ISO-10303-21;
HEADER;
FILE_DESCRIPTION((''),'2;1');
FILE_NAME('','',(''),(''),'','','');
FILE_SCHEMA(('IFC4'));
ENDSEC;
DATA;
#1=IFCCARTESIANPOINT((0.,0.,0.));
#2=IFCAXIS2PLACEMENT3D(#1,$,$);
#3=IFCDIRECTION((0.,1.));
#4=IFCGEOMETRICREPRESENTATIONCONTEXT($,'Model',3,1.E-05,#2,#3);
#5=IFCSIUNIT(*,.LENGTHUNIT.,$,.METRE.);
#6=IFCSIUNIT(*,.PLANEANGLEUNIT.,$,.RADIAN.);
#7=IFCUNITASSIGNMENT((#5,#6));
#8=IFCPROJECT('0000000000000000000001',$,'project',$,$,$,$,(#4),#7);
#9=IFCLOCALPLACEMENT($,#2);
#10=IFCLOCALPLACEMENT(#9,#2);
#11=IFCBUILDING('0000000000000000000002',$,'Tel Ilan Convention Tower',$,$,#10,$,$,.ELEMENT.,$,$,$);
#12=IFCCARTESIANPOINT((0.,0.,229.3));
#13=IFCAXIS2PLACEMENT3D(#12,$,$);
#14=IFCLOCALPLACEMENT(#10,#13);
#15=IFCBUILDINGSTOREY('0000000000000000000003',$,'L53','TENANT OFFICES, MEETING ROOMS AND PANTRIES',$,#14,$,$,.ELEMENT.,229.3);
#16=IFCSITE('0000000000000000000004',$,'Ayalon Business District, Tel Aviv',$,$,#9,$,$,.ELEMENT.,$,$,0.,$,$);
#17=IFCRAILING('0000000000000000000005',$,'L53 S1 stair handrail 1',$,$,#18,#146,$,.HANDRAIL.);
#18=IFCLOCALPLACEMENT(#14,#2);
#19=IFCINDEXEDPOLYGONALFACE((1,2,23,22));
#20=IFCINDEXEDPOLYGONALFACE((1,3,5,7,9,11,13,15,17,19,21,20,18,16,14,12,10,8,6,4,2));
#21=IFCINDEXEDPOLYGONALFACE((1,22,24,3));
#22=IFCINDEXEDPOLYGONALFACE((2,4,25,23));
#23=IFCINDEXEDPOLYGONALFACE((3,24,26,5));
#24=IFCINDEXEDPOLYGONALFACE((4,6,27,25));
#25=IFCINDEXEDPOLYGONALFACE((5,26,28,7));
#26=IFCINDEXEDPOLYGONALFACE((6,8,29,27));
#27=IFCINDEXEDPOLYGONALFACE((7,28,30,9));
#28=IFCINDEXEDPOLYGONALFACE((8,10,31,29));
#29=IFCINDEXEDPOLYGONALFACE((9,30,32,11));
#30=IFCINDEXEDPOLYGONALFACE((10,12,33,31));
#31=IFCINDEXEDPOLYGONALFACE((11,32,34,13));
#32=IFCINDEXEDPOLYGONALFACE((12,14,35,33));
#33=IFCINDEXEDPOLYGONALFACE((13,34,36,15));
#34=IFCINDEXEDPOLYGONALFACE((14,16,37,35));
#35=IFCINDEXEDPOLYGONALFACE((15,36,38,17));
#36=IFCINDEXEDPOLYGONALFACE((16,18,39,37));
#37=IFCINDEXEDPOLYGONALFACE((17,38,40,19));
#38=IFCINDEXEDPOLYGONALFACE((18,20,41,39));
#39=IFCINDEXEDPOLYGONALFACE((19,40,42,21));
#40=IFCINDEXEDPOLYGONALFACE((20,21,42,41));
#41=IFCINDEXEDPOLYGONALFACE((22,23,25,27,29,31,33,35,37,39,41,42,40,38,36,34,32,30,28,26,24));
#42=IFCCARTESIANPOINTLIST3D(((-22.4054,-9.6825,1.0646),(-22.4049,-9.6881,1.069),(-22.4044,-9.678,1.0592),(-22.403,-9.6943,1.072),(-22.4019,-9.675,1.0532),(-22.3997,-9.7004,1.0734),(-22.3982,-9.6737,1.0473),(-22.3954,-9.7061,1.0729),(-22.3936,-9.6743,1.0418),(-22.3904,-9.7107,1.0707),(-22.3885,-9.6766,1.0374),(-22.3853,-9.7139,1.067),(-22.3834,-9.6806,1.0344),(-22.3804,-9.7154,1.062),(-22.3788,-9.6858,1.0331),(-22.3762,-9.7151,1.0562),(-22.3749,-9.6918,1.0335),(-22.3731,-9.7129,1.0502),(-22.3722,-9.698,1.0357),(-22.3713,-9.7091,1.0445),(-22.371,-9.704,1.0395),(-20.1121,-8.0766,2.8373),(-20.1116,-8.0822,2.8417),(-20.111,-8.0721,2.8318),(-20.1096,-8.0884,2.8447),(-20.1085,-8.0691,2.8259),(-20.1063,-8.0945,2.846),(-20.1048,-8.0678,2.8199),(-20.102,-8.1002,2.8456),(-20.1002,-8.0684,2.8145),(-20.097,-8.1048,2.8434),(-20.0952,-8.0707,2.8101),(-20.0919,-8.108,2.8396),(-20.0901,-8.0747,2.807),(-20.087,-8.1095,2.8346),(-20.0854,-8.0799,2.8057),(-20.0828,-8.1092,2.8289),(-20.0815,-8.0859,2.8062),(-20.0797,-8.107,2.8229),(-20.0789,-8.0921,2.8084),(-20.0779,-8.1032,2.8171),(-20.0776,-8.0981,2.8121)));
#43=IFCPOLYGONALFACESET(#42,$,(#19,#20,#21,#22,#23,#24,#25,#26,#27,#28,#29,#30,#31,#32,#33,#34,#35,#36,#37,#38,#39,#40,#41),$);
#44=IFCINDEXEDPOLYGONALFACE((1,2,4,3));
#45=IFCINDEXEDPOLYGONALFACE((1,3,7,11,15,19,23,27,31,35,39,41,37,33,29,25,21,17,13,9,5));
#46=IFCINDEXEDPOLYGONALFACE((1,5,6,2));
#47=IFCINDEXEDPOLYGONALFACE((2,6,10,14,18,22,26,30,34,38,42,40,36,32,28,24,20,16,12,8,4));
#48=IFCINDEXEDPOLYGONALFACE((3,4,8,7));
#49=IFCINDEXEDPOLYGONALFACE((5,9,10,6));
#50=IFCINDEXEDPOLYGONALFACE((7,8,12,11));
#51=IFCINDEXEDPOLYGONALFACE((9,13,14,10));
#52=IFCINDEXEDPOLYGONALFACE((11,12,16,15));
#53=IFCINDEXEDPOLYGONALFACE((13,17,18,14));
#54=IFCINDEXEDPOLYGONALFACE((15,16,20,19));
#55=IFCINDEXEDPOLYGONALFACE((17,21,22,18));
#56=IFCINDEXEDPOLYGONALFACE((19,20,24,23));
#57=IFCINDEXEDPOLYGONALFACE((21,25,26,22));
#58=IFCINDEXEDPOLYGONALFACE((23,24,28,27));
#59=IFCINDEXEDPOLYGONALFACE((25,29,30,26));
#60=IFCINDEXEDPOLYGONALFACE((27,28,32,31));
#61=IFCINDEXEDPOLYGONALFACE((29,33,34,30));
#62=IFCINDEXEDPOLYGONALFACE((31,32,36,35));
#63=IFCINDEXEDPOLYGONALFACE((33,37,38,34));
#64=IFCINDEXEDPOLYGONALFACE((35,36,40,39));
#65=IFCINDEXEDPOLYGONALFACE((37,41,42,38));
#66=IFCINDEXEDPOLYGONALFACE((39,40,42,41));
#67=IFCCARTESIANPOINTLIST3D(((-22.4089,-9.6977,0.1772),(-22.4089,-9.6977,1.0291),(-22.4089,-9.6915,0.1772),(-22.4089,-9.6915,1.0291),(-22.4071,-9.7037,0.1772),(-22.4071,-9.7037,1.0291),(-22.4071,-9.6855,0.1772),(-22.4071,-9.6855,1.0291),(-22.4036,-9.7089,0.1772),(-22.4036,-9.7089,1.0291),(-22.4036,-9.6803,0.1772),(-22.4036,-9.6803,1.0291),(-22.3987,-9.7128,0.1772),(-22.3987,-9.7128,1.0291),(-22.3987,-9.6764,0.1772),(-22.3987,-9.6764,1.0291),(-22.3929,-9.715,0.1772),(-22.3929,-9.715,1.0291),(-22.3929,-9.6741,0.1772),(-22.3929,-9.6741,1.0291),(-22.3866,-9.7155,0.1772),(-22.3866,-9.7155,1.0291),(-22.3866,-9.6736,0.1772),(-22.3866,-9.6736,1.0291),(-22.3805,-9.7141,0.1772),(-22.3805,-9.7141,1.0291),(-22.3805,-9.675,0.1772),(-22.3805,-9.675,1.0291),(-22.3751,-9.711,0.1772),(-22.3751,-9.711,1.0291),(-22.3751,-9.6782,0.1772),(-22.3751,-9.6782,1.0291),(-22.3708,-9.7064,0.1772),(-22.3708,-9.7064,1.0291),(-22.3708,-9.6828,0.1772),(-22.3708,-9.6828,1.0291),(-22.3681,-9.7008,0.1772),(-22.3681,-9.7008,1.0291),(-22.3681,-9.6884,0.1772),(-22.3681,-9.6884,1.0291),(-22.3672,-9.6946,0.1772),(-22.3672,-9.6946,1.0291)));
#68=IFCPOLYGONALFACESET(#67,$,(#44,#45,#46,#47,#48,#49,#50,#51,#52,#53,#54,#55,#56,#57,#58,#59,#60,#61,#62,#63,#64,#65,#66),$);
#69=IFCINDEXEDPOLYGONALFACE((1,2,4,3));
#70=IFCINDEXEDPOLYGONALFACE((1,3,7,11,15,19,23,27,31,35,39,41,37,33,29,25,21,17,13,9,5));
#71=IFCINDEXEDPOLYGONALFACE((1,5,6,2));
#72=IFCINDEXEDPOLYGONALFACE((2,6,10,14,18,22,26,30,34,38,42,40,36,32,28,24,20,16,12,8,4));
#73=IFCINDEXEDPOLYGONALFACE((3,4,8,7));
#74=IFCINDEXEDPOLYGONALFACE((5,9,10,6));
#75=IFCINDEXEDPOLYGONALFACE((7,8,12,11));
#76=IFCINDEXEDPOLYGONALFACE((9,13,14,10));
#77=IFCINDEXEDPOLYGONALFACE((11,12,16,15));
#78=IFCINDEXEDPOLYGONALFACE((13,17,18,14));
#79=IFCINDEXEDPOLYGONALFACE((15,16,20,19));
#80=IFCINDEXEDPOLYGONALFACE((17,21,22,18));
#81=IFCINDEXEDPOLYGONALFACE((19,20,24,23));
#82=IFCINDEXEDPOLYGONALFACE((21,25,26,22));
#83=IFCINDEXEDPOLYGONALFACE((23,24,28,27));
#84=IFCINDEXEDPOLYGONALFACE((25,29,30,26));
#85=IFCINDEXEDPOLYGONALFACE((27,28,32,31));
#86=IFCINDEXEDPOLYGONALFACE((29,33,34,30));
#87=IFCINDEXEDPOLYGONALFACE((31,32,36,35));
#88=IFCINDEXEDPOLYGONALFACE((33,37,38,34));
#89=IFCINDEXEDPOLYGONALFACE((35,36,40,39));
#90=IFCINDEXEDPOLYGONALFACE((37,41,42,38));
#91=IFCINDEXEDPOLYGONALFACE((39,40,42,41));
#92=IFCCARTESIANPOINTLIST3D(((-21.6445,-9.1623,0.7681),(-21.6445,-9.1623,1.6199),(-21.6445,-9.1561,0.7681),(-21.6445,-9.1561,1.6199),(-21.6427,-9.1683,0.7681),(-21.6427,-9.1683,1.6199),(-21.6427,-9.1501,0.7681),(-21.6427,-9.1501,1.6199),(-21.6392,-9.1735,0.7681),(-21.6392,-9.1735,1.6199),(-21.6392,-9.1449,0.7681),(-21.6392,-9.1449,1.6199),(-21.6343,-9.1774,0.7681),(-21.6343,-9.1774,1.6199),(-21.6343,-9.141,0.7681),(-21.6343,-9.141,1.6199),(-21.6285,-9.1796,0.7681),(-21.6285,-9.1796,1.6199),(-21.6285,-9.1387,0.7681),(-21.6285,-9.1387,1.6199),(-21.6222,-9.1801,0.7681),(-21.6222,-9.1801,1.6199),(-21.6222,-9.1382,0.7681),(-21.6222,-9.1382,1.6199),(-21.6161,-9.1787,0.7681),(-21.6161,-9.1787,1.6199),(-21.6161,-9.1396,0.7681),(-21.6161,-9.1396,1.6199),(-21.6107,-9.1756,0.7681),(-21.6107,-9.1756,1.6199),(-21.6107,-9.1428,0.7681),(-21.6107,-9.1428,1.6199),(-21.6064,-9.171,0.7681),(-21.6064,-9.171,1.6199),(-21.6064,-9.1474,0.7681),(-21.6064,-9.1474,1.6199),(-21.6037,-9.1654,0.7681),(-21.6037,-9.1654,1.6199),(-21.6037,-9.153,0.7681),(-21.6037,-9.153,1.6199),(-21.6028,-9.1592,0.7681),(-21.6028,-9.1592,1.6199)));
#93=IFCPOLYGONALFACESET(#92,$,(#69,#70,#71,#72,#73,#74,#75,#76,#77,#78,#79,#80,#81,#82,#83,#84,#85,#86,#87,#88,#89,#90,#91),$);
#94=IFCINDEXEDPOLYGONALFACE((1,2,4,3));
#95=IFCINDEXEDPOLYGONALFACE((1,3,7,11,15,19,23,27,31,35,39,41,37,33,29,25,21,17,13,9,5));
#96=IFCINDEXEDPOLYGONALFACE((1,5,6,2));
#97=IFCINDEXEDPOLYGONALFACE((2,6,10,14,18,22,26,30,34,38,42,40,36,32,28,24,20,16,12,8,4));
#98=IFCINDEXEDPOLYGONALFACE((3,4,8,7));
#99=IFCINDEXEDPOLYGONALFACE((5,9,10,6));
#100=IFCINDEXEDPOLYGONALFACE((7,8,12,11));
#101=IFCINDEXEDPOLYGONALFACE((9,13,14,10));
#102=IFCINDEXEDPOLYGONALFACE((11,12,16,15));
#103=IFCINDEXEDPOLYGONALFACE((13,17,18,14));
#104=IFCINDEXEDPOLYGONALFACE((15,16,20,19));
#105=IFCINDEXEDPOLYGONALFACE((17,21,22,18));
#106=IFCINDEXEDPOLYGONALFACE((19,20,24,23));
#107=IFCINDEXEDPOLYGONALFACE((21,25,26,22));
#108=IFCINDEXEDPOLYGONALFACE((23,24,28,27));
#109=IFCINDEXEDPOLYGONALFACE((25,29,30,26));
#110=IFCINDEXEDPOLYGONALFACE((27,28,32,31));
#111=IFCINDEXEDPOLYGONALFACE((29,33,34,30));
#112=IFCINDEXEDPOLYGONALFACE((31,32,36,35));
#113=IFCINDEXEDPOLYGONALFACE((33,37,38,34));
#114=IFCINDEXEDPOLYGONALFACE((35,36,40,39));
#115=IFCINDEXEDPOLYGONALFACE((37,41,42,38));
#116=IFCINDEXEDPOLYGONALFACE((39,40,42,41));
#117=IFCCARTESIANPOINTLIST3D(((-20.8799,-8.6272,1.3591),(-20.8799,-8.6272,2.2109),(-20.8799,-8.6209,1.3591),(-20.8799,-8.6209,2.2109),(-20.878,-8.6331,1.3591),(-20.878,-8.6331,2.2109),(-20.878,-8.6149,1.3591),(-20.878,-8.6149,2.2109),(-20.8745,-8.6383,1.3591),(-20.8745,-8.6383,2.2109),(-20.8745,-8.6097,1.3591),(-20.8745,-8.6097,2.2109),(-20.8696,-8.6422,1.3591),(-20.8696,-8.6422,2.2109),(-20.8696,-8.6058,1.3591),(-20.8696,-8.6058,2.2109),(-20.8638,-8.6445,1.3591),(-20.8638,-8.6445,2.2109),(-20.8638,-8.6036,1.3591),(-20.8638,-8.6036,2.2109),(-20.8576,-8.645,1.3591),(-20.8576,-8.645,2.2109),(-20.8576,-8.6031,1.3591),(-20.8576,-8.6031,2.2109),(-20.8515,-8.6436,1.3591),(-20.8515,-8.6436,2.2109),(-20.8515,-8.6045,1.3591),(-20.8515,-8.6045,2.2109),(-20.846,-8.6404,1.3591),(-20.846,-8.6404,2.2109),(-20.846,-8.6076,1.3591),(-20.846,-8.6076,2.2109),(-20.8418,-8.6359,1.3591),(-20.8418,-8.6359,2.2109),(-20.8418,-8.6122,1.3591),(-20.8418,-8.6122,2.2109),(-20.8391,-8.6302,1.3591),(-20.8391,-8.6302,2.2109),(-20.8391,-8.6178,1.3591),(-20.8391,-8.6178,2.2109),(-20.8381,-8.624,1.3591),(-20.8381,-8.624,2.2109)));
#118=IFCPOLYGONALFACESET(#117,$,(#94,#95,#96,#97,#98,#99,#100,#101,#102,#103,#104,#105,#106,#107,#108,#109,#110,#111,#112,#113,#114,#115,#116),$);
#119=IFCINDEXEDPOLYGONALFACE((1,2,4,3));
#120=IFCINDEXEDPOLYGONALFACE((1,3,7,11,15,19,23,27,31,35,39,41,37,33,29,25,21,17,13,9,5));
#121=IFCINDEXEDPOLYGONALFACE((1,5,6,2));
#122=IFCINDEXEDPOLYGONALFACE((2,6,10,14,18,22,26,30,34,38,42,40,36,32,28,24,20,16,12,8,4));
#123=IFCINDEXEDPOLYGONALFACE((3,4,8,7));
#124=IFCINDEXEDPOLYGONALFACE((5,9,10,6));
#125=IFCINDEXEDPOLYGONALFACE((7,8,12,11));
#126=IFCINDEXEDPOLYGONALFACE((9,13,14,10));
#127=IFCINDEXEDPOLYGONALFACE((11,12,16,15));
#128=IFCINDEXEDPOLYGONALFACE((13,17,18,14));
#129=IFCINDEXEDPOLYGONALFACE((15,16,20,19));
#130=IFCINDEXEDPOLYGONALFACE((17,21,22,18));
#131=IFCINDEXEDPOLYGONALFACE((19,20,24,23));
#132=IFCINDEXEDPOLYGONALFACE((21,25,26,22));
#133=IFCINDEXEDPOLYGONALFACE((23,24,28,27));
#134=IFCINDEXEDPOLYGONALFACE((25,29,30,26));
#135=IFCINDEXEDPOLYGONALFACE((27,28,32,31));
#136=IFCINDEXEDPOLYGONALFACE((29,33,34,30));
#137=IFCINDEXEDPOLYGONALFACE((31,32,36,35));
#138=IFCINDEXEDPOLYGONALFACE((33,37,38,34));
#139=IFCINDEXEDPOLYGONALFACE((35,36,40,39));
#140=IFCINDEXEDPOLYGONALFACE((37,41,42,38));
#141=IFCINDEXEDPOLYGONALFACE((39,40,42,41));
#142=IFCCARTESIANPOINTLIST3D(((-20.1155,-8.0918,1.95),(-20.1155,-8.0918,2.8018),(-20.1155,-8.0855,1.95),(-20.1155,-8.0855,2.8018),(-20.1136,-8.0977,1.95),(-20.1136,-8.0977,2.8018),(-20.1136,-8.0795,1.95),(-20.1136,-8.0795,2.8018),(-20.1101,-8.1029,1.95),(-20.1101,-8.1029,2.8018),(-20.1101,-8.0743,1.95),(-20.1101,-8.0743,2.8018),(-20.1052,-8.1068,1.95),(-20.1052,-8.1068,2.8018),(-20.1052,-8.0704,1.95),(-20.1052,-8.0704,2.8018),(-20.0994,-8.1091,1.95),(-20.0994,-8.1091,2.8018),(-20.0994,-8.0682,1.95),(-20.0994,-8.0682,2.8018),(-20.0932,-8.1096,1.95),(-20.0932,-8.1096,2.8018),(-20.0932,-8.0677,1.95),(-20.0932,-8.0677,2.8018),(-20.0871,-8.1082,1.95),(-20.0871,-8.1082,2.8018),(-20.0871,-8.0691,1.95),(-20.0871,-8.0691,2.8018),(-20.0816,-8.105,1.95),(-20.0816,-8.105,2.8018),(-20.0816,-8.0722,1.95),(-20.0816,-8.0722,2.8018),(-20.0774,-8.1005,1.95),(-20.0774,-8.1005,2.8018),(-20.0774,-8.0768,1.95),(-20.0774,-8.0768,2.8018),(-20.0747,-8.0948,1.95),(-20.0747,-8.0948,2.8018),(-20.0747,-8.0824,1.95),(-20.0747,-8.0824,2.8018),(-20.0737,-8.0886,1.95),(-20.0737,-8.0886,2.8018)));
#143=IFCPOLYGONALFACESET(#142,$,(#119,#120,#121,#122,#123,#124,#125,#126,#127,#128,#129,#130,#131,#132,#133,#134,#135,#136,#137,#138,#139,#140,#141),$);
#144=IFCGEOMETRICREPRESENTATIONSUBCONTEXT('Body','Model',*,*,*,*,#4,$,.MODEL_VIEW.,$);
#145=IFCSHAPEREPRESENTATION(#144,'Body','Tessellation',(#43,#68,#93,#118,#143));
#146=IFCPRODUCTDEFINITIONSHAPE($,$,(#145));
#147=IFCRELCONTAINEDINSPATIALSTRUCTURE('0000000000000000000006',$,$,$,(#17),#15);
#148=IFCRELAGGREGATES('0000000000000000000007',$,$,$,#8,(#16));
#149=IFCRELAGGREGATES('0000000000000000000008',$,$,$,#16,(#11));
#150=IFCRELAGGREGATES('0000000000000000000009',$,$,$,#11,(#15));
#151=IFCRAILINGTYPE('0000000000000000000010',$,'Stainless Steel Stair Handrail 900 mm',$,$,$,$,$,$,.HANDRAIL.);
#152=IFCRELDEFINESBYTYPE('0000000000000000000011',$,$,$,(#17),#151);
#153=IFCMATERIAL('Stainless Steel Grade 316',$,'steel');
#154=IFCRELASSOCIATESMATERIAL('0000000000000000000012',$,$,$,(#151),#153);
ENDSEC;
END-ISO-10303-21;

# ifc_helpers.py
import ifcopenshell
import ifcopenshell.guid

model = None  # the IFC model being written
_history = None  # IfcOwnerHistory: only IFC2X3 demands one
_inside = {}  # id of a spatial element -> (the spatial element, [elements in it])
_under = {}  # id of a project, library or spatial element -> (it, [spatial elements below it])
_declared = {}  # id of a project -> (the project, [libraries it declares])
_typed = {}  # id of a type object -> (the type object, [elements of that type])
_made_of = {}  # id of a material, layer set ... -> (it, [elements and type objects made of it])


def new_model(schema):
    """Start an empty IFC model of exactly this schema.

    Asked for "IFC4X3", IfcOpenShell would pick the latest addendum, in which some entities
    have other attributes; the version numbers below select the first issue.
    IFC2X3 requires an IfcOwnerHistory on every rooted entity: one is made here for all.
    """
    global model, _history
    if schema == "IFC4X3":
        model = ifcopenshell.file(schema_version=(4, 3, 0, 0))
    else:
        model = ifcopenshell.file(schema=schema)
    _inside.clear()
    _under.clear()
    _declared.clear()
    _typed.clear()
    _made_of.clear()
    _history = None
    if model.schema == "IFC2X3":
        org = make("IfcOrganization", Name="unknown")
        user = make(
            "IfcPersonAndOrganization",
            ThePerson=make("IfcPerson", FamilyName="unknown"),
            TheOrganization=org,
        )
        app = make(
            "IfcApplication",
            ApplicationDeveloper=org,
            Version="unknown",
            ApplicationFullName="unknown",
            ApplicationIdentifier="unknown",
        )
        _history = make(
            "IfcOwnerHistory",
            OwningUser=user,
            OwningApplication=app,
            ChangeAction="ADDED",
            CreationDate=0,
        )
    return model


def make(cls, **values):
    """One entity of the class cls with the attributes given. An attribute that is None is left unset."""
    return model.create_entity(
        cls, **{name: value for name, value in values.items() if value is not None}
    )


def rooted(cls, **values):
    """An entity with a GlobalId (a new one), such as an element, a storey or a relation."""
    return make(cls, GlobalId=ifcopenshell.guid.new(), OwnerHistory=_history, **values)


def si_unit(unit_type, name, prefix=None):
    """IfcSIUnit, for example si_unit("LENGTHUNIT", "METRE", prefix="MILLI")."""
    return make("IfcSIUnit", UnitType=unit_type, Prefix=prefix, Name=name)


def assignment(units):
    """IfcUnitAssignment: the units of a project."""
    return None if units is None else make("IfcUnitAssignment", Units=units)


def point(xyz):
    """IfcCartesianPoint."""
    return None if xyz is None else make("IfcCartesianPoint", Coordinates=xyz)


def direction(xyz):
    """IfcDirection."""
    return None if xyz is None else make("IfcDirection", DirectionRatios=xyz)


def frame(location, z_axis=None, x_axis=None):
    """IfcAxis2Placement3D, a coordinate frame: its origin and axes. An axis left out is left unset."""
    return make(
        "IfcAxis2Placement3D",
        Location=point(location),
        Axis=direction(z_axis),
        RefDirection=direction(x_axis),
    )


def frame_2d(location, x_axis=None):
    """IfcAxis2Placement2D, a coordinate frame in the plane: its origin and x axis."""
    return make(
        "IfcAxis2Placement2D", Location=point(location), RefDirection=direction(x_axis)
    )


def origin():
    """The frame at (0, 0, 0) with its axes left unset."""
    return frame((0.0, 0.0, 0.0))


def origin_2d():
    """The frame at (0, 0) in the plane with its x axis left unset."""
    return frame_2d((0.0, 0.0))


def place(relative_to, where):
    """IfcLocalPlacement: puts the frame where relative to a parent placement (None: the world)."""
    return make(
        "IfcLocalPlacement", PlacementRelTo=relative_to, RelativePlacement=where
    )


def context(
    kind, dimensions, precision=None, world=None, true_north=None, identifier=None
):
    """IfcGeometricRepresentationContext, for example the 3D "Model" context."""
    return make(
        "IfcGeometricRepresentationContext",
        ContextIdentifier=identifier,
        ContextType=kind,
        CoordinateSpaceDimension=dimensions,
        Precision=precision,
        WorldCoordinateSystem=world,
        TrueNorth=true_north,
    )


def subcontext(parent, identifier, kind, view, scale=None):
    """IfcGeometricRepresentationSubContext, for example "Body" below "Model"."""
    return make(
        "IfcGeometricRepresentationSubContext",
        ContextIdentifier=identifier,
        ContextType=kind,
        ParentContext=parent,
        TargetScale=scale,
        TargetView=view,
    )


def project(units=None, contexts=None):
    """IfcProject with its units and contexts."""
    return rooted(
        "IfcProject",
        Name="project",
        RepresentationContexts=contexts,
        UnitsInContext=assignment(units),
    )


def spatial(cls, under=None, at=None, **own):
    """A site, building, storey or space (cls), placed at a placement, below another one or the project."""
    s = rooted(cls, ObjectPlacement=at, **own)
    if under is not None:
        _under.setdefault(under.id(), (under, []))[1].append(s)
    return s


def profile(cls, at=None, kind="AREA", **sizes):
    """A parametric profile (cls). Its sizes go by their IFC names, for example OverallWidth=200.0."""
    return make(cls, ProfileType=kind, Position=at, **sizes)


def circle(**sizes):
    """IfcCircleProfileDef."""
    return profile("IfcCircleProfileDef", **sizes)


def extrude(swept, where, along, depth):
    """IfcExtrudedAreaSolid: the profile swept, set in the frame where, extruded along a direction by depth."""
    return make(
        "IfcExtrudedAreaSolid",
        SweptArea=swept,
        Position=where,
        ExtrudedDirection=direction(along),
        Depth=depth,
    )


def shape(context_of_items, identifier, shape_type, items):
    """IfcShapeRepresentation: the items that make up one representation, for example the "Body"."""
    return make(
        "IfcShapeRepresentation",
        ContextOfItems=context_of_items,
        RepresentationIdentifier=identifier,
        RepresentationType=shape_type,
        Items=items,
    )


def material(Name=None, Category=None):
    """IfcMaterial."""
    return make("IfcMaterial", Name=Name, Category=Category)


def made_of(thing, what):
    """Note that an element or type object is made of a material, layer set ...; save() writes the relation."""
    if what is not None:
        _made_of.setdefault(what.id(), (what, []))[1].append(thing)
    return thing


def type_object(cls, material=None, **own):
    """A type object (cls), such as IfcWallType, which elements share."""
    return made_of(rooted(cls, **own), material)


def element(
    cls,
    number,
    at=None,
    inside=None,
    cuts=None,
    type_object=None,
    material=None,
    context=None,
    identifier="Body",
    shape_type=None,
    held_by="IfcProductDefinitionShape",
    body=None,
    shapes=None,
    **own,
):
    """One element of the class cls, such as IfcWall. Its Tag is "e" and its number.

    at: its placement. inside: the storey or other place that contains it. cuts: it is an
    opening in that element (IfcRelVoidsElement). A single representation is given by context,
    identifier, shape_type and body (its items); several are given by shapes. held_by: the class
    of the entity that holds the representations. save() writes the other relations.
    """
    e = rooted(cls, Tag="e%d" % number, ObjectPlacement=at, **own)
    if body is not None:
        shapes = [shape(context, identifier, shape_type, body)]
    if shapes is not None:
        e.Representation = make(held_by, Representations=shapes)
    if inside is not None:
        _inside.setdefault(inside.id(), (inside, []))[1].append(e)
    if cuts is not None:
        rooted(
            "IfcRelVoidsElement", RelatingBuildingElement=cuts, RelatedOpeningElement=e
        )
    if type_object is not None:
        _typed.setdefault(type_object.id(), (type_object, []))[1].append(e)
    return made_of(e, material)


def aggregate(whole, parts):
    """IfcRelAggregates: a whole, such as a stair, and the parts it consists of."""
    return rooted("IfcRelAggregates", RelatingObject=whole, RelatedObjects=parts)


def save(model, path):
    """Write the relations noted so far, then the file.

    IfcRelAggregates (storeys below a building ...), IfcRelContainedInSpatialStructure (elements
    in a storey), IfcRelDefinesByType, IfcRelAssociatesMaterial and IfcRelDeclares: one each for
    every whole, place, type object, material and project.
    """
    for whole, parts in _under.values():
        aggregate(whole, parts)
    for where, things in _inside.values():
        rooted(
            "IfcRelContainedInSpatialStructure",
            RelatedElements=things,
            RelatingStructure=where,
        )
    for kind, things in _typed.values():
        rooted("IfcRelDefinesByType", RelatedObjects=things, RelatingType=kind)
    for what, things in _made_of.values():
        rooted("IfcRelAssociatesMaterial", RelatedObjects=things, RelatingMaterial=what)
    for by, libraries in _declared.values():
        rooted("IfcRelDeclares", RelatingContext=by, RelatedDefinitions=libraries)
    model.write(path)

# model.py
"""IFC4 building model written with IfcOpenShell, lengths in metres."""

from ifc_helpers import new_model, si_unit, direction, frame, origin, origin_2d, place, context, subcontext, project, spatial, circle, extrude, material, type_object, element, save


model = new_model("IFC4")

# Units and contexts
model_context = context("Model", 3, precision=1e-05, world=origin(), true_north=direction((0.0, 1.0)))
body_context = subcontext(model_context, "Body", "Model", "MODEL_VIEW")
ifc_project = project(units=[si_unit("LENGTHUNIT", "METRE"), si_unit("PLANEANGLEUNIT", "RADIAN")], contexts=[model_context])

# Site, building, storey
site_placement = place(None, origin())
site = spatial("IfcSite", under=ifc_project, at=site_placement, Name="Ayalon Business District, Tel Aviv", CompositionType="ELEMENT", RefElevation=0.0)
building_placement = place(site_placement, origin())
building = spatial("IfcBuilding", under=site, at=building_placement, Name="Tel Ilan Convention Tower", CompositionType="ELEMENT")
storey_placement = place(building_placement, frame((0.0, 0.0, 229.3)))
storey = spatial("IfcBuildingStorey", under=building, at=storey_placement, Name="L53", Description="TENANT OFFICES, MEETING ROOMS AND PANTRIES", CompositionType="ELEMENT", Elevation=229.3)

# Railing
ifc_material_1 = material(Name="Stainless Steel Grade 316", Category="steel")
railing_type_1 = type_object("IfcRailingType", Name="Stainless Steel Stair Handrail 900 mm", PredefinedType="HANDRAIL", material=ifc_material_1)
railing_1_placement = place(storey_placement, frame((-22.3882, -9.6946, 0.1772)))
element("IfcRailing", 1, at=railing_1_placement, inside=storey, type_object=railing_type_1, Name="L53 S1 stair handrail 1", PredefinedType="HANDRAIL", context=body_context, shape_type="SweptSolid", body=[
    extrude(circle(Radius=0.0239, at=origin_2d()), frame((0.0, 0.0, 0.876), z_axis=(0.692085, 0.484621, 0.53494), x_axis=(-0.573591, 0.819142, 0.0)), (0.0, 0.0, 1.0), 3.3137),
    extrude(circle(Radius=0.021, at=origin_2d()), origin(), (0.0, 0.0, 1.0), 0.8518),
    extrude(circle(Radius=0.021, at=origin_2d()), frame((0.7644, 0.5354, 0.5908)), (0.0, 0.0, 1.0), 0.8518),
    extrude(circle(Radius=0.021, at=origin_2d()), frame((1.5291, 1.0706, 1.1819)), (0.0, 0.0, 1.0), 0.8518),
    extrude(circle(Radius=0.021, at=origin_2d()), frame((2.2935, 1.606, 1.7727)), (0.0, 0.0, 1.0), 0.8518),
])

save(model, "model.ifc")
